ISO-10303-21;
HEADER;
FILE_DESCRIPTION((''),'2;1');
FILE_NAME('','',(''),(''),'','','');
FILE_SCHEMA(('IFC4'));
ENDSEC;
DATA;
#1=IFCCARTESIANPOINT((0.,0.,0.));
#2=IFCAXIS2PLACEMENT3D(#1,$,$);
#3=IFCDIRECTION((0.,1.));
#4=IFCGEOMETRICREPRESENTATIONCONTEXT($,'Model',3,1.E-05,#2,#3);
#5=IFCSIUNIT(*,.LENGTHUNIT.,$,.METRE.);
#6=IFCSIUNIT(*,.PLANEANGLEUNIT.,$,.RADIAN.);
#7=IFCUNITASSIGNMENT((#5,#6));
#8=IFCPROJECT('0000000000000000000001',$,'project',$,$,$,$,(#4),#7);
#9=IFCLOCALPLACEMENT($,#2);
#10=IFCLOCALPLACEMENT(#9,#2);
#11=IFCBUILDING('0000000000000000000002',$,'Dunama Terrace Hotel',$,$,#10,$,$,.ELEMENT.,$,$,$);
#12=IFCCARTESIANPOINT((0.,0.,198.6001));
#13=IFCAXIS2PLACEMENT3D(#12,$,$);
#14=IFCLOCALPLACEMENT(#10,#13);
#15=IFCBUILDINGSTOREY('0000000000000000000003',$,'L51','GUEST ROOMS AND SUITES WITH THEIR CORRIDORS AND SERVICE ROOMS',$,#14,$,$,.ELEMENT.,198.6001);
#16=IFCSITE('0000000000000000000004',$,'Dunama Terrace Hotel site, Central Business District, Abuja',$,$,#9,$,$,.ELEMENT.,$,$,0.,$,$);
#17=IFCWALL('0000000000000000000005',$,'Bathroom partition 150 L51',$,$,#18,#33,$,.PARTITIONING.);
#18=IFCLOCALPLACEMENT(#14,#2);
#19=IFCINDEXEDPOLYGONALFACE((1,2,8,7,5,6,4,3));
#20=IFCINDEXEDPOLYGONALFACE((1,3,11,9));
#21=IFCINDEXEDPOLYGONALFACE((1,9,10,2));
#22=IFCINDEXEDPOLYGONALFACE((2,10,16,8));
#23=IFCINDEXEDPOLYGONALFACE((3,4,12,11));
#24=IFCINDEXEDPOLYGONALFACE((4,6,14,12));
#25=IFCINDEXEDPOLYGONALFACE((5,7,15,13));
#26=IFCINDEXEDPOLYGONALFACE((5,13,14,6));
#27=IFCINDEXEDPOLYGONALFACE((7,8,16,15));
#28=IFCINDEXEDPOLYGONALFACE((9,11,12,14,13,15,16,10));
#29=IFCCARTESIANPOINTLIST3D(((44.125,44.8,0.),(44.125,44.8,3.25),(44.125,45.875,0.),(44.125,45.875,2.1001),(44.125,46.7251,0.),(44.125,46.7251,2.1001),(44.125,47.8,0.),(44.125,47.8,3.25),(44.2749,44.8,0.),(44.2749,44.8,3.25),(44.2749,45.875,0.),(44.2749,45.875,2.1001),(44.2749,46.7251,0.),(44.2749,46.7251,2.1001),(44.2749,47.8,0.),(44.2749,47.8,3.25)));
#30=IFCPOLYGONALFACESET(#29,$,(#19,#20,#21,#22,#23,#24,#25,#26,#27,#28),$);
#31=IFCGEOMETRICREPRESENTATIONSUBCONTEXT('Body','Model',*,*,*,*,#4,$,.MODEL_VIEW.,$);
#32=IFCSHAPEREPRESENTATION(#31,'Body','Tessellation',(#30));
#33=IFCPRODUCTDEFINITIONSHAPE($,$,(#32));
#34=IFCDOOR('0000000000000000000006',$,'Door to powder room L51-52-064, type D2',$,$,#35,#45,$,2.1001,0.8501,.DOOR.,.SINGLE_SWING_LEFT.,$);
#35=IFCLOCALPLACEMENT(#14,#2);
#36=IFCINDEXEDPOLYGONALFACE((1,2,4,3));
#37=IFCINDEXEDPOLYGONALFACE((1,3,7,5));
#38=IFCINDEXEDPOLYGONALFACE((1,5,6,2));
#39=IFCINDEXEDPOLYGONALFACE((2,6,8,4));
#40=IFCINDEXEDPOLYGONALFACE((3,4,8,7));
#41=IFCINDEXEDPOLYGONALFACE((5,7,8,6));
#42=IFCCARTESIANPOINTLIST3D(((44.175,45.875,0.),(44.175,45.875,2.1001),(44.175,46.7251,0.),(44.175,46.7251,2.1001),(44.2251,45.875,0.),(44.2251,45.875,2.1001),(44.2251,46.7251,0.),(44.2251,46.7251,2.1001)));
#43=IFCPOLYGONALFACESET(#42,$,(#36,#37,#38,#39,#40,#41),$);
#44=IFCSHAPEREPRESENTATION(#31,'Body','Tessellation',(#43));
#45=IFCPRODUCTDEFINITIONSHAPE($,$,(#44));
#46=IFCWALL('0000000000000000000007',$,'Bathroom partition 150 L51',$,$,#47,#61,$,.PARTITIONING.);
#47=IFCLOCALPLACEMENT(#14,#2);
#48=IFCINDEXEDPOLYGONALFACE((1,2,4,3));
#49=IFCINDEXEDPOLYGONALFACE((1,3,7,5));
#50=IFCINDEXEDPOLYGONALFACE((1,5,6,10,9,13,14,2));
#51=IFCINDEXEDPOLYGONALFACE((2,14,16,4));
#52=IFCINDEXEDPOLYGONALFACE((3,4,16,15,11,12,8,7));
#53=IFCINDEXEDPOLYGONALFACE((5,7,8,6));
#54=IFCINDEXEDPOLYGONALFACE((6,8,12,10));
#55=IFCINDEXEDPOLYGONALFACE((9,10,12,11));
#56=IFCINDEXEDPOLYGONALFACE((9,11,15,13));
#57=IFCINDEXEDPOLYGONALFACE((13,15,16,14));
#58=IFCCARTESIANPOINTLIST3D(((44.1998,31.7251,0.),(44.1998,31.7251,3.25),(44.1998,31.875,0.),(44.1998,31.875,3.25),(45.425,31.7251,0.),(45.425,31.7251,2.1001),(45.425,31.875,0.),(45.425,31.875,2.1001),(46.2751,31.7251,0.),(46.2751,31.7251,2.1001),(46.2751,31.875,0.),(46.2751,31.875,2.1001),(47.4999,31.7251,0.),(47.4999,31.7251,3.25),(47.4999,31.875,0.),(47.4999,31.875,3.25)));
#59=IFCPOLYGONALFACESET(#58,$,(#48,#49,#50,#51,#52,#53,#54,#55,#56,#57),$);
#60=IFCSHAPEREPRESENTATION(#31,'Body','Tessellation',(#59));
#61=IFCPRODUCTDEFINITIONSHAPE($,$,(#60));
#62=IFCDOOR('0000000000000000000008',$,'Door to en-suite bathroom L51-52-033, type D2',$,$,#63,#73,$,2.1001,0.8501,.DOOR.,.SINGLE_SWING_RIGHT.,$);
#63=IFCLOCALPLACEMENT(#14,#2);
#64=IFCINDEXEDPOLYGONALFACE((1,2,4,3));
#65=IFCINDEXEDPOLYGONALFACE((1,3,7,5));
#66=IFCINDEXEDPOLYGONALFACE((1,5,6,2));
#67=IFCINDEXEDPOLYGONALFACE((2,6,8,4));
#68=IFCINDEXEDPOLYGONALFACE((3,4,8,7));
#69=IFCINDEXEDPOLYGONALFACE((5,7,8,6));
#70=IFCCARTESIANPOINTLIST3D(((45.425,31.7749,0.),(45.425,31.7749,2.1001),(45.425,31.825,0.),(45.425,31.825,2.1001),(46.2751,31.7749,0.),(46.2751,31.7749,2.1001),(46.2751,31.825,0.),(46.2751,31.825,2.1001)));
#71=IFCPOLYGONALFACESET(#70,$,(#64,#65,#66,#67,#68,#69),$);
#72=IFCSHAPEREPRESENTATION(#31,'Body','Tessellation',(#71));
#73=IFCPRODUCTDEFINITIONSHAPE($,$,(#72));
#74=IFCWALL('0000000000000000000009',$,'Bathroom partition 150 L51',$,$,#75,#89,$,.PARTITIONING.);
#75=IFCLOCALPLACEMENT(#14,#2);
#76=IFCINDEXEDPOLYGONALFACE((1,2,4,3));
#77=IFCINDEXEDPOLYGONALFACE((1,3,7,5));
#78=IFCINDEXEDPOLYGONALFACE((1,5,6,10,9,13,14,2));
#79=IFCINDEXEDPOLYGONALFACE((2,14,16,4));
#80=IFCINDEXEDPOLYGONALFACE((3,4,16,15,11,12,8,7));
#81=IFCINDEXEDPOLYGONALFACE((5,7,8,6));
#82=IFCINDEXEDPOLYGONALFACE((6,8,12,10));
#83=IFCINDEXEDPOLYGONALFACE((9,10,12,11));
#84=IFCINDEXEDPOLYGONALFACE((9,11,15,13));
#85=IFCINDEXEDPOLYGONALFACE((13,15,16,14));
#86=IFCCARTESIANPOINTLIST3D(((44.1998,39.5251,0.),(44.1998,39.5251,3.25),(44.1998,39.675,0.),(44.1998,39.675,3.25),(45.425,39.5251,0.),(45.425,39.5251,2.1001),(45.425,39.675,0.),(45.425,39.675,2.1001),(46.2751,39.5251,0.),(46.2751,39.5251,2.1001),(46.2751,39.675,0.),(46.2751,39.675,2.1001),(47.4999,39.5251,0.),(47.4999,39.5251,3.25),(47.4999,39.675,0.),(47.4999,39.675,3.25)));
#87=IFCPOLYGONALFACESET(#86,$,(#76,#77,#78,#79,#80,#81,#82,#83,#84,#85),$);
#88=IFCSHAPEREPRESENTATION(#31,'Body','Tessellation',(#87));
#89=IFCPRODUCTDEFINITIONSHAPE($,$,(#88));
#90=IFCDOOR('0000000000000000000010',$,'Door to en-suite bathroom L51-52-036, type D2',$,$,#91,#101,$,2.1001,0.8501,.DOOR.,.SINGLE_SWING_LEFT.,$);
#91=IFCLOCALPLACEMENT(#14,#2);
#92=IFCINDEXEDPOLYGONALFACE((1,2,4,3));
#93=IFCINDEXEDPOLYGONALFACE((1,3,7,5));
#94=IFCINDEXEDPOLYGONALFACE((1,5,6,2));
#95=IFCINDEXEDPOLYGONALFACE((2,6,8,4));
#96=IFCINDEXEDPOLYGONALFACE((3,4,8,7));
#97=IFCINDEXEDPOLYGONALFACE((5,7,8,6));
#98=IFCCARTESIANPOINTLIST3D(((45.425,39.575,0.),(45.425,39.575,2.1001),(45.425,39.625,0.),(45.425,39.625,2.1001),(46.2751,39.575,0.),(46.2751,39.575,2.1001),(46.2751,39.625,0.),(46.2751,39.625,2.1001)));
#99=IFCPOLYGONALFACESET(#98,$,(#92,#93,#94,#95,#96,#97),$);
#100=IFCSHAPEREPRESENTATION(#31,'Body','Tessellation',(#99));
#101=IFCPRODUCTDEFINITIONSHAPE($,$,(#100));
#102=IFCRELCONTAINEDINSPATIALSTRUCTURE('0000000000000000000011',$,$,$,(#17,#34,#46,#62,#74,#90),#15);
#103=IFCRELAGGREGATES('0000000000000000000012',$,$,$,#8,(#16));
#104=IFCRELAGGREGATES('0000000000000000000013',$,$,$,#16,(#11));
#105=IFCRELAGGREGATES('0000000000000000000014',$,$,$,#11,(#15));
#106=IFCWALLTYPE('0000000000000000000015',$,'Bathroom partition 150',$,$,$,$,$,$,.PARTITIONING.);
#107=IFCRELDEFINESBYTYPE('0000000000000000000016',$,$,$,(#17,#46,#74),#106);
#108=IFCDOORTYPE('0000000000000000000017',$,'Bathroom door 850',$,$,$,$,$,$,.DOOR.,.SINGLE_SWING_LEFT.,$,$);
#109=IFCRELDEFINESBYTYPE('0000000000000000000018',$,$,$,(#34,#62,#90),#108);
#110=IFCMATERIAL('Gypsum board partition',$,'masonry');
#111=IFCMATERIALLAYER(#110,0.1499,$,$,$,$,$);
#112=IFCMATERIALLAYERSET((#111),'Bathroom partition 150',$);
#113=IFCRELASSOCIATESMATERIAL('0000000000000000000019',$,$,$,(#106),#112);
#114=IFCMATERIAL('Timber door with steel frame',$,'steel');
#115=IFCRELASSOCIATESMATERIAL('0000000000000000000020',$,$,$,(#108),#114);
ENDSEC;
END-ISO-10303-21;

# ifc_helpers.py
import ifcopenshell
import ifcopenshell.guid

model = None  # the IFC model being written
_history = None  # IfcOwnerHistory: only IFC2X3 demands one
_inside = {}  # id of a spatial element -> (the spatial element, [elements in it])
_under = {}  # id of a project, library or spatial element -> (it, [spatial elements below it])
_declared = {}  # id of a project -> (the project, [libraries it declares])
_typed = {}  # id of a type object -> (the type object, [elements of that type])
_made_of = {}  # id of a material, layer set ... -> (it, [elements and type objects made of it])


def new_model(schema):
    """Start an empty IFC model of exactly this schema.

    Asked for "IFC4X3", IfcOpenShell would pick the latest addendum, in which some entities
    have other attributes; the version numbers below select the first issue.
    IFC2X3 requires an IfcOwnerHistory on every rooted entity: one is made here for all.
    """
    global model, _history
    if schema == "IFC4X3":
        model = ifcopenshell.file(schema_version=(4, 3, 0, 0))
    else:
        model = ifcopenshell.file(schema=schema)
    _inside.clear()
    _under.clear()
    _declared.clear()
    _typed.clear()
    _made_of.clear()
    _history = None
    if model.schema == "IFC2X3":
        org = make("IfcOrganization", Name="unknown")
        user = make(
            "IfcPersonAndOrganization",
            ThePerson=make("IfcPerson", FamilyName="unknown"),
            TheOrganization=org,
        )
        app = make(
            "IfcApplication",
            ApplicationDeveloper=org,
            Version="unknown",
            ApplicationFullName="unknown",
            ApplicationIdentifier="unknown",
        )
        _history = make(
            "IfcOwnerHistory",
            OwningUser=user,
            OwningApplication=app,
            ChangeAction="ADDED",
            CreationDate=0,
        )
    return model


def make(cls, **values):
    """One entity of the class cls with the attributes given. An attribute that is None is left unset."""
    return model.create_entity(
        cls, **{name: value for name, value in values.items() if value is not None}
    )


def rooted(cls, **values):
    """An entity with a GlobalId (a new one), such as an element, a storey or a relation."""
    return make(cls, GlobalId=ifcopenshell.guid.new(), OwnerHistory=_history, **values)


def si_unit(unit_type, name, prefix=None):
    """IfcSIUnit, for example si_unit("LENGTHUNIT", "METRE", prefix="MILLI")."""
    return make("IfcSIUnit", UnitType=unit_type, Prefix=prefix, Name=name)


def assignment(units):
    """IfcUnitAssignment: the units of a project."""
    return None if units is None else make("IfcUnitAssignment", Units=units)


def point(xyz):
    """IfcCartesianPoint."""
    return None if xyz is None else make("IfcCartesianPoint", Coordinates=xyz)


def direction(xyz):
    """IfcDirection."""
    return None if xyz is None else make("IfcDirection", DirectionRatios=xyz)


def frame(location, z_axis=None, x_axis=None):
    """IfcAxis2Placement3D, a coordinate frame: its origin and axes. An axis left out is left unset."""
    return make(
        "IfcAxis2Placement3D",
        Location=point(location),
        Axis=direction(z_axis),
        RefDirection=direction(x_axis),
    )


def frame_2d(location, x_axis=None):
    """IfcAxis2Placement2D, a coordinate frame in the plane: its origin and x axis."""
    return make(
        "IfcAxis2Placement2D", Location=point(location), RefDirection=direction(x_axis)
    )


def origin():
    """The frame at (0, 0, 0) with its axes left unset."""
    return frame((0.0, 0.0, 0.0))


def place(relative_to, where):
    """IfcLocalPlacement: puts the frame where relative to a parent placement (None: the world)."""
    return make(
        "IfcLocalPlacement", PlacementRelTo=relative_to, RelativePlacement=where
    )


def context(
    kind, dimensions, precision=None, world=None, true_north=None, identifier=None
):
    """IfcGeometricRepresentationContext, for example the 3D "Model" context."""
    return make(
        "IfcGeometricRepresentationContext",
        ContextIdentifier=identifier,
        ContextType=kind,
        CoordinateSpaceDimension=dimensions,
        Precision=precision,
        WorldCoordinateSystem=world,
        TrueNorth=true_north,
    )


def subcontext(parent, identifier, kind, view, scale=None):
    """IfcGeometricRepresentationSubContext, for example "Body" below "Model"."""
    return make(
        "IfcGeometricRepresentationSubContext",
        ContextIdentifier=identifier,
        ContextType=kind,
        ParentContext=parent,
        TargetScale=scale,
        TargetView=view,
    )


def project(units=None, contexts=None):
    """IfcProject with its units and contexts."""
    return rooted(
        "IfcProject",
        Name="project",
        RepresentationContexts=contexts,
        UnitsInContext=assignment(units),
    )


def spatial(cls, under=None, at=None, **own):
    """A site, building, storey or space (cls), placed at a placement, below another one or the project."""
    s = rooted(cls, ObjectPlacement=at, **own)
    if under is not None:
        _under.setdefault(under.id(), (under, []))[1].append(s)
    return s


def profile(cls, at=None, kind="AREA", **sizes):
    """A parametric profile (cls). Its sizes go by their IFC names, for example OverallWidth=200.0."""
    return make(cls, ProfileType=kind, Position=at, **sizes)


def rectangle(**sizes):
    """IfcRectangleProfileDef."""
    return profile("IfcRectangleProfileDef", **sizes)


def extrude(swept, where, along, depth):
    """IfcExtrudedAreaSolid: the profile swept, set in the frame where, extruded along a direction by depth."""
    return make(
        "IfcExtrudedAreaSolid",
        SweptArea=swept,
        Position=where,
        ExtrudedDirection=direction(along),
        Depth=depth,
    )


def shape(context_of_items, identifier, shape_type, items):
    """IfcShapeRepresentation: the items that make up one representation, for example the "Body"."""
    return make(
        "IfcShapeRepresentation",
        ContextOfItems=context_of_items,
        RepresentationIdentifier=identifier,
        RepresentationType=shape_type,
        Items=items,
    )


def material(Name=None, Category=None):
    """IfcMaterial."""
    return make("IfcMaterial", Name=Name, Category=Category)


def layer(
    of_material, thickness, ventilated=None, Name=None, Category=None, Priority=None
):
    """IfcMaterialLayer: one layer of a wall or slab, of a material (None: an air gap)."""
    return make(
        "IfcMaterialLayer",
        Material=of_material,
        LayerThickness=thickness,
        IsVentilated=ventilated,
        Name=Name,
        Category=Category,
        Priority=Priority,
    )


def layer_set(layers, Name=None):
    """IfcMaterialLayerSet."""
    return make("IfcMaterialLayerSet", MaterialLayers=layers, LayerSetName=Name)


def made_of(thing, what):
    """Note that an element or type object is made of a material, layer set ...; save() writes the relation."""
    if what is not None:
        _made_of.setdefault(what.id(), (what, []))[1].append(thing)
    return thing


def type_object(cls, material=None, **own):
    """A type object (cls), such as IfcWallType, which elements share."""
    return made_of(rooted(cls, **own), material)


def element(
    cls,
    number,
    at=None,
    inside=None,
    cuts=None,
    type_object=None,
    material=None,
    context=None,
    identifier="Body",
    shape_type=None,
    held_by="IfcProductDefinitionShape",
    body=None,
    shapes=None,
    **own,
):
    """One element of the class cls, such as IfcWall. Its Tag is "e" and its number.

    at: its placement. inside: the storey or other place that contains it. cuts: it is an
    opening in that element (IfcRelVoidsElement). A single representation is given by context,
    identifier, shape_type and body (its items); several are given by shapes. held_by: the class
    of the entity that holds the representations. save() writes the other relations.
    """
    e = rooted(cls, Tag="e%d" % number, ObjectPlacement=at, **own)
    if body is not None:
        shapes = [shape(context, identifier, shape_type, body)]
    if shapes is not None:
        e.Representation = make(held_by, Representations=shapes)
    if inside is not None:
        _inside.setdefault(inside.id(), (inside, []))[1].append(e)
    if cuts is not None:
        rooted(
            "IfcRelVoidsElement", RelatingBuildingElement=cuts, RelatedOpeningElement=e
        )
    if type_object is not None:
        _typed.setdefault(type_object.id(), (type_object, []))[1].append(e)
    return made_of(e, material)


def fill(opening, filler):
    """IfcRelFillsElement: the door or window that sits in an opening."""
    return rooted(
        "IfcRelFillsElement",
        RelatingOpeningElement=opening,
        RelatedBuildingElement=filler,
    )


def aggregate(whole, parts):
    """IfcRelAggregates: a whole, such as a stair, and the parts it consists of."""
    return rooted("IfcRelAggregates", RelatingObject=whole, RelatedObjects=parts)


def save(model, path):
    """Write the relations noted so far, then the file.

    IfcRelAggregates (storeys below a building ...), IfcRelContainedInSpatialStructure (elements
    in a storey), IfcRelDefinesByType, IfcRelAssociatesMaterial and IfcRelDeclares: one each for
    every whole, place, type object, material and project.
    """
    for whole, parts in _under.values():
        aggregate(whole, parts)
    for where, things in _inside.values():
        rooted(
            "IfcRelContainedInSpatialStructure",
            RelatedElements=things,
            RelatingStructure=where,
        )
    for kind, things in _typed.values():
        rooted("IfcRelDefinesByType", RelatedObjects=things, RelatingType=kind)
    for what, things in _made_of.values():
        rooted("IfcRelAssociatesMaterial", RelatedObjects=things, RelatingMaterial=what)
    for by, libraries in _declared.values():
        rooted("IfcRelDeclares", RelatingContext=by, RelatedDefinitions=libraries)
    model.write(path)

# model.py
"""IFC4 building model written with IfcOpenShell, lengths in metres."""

from ifc_helpers import new_model, si_unit, direction, frame, frame_2d, origin, place, context, subcontext, project, spatial, rectangle, extrude, material, layer, layer_set, type_object, element, fill, save


model = new_model("IFC4")

# Units and contexts
model_context = context("Model", 3, precision=1e-05, world=origin(), true_north=direction((0.0, 1.0)))
body_context = subcontext(model_context, "Body", "Model", "MODEL_VIEW")
ifc_project = project(units=[si_unit("LENGTHUNIT", "METRE"), si_unit("PLANEANGLEUNIT", "RADIAN")], contexts=[model_context])

# Site, building, storey
site_placement = place(None, origin())
site = spatial("IfcSite", under=ifc_project, at=site_placement, Name="Dunama Terrace Hotel site, Central Business District, Abuja", CompositionType="ELEMENT", RefElevation=0.0)
building_placement = place(site_placement, origin())
building = spatial("IfcBuilding", under=site, at=building_placement, Name="Dunama Terrace Hotel", CompositionType="ELEMENT")
storey_placement = place(building_placement, frame((0.0, 0.0, 198.6001)))
storey = spatial("IfcBuildingStorey", under=building, at=storey_placement, Name="L51", Description="GUEST ROOMS AND SUITES WITH THEIR CORRIDORS AND SERVICE ROOMS", CompositionType="ELEMENT", Elevation=198.6001)

# Walls, openings, doors
ifc_material_1 = material(Name="Gypsum board partition", Category="masonry")
ifc_layer_1 = layer(ifc_material_1, 0.1499)
ifc_layer_set_1 = layer_set([ifc_layer_1], Name="Bathroom partition 150")
wall_type_1 = type_object("IfcWallType", Name="Bathroom partition 150", PredefinedType="PARTITIONING", material=ifc_layer_set_1)
wall_1_placement = place(storey_placement, frame((44.2, 44.8, 0.0), z_axis=(0.0, 0.0, 1.0), x_axis=(0.0, 1.0, 0.0)))
wall_1 = element("IfcWall", 1, at=wall_1_placement, inside=storey, type_object=wall_type_1, Name="Bathroom partition 150 L51", PredefinedType="PARTITIONING", context=body_context, shape_type="SweptSolid", body=[
    extrude(rectangle(XDim=3.0, YDim=0.1499, at=frame_2d((1.5, 0.0))), origin(), (0.0, 0.0, 1.0), 3.25),
])
opening_1_placement = place(wall_1_placement, frame((1.075, 0.0, 0.0)))
opening_1 = element("IfcOpeningElement", 2, at=opening_1_placement, cuts=wall_1, PredefinedType="OPENING", context=body_context, shape_type="SweptSolid", body=[
    extrude(rectangle(XDim=0.8501, YDim=2.1001, at=frame_2d((0.425, 1.05))), frame((0.0, 0.085, 0.0), z_axis=(0.0, -1.0, 0.0), x_axis=(1.0, 0.0, 0.0)), (0.0, 0.0, 1.0), 0.1699),
])
ifc_material_2 = material(Name="Timber door with steel frame", Category="steel")
door_type_1 = type_object("IfcDoorType", Name="Bathroom door 850", OperationType="SINGLE_SWING_LEFT", PredefinedType="DOOR", material=ifc_material_2)
door_1_placement = place(opening_1_placement, origin())
door_1 = element("IfcDoor", 3, at=door_1_placement, inside=storey, type_object=door_type_1, Name="Door to powder room L51-52-064, type D2", OperationType="SINGLE_SWING_LEFT", OverallHeight=2.1001, OverallWidth=0.8501, PredefinedType="DOOR", context=body_context, shape_type="SweptSolid", body=[
    extrude(rectangle(XDim=0.8501, YDim=2.1001, at=frame_2d((0.425, 1.05))), frame((0.0, 0.0249, 0.0), z_axis=(0.0, -1.0, 0.0), x_axis=(1.0, 0.0, 0.0)), (0.0, 0.0, 1.0), 0.05),
])
fill(opening_1, door_1)
wall_2_placement = place(storey_placement, frame((44.2, 31.8, 0.0), z_axis=(0.0, 0.0, 1.0), x_axis=(1.0, 0.0, 0.0)))
wall_2 = element("IfcWall", 4, at=wall_2_placement, inside=storey, type_object=wall_type_1, Name="Bathroom partition 150 L51", PredefinedType="PARTITIONING", context=body_context, shape_type="SweptSolid", body=[
    extrude(rectangle(XDim=3.3, YDim=0.1499, at=frame_2d((1.6499, 0.0))), origin(), (0.0, 0.0, 1.0), 3.25),
])
opening_2_placement = place(wall_2_placement, frame((1.2251, 0.0, 0.0)))
opening_2 = element("IfcOpeningElement", 5, at=opening_2_placement, cuts=wall_2, PredefinedType="OPENING", context=body_context, shape_type="SweptSolid", body=[
    extrude(rectangle(XDim=0.8501, YDim=2.1001, at=frame_2d((0.425, 1.05))), frame((0.0, 0.085, 0.0), z_axis=(0.0, -1.0, 0.0), x_axis=(1.0, 0.0, 0.0)), (0.0, 0.0, 1.0), 0.1699),
])
door_2_placement = place(opening_2_placement, frame((0.8501, 0.0, 0.0), z_axis=(0.0, 0.0, 1.0), x_axis=(-1.0, 0.0, 0.0)))
door_2 = element("IfcDoor", 6, at=door_2_placement, inside=storey, type_object=door_type_1, Name="Door to en-suite bathroom L51-52-033, type D2", OperationType="SINGLE_SWING_RIGHT", OverallHeight=2.1001, OverallWidth=0.8501, PredefinedType="DOOR", context=body_context, shape_type="SweptSolid", body=[
    extrude(rectangle(XDim=0.8501, YDim=2.1001, at=frame_2d((0.425, 1.05))), frame((0.0, 0.0251, 0.0), z_axis=(0.0, -1.0, 0.0), x_axis=(1.0, 0.0, 0.0)), (0.0, 0.0, 1.0), 0.05),
])
fill(opening_2, door_2)
wall_3_placement = place(storey_placement, frame((44.2, 39.6001, 0.0), z_axis=(0.0, 0.0, 1.0), x_axis=(1.0, 0.0, 0.0)))
wall_3 = element("IfcWall", 7, at=wall_3_placement, inside=storey, type_object=wall_type_1, Name="Bathroom partition 150 L51", PredefinedType="PARTITIONING", context=body_context, shape_type="SweptSolid", body=[
    extrude(rectangle(XDim=3.3, YDim=0.1499, at=frame_2d((1.6499, 0.0))), origin(), (0.0, 0.0, 1.0), 3.25),
])
opening_3_placement = place(wall_3_placement, frame((1.2251, 0.0, 0.0)))
opening_3 = element("IfcOpeningElement", 8, at=opening_3_placement, cuts=wall_3, PredefinedType="OPENING", context=body_context, shape_type="SweptSolid", body=[
    extrude(rectangle(XDim=0.8501, YDim=2.1001, at=frame_2d((0.425, 1.05))), frame((0.0, 0.085, 0.0), z_axis=(0.0, -1.0, 0.0), x_axis=(1.0, 0.0, 0.0)), (0.0, 0.0, 1.0), 0.1699),
])
door_3_placement = place(opening_3_placement, origin())
door_3 = element("IfcDoor", 9, at=door_3_placement, inside=storey, type_object=door_type_1, Name="Door to en-suite bathroom L51-52-036, type D2", OperationType="SINGLE_SWING_LEFT", OverallHeight=2.1001, OverallWidth=0.8501, PredefinedType="DOOR", context=body_context, shape_type="SweptSolid", body=[
    extrude(rectangle(XDim=0.8501, YDim=2.1001, at=frame_2d((0.425, 1.05))), frame((0.0, 0.0249, 0.0), z_axis=(0.0, -1.0, 0.0), x_axis=(1.0, 0.0, 0.0)), (0.0, 0.0, 1.0), 0.05),
])
fill(opening_3, door_3)

save(model, "model.ifc")
